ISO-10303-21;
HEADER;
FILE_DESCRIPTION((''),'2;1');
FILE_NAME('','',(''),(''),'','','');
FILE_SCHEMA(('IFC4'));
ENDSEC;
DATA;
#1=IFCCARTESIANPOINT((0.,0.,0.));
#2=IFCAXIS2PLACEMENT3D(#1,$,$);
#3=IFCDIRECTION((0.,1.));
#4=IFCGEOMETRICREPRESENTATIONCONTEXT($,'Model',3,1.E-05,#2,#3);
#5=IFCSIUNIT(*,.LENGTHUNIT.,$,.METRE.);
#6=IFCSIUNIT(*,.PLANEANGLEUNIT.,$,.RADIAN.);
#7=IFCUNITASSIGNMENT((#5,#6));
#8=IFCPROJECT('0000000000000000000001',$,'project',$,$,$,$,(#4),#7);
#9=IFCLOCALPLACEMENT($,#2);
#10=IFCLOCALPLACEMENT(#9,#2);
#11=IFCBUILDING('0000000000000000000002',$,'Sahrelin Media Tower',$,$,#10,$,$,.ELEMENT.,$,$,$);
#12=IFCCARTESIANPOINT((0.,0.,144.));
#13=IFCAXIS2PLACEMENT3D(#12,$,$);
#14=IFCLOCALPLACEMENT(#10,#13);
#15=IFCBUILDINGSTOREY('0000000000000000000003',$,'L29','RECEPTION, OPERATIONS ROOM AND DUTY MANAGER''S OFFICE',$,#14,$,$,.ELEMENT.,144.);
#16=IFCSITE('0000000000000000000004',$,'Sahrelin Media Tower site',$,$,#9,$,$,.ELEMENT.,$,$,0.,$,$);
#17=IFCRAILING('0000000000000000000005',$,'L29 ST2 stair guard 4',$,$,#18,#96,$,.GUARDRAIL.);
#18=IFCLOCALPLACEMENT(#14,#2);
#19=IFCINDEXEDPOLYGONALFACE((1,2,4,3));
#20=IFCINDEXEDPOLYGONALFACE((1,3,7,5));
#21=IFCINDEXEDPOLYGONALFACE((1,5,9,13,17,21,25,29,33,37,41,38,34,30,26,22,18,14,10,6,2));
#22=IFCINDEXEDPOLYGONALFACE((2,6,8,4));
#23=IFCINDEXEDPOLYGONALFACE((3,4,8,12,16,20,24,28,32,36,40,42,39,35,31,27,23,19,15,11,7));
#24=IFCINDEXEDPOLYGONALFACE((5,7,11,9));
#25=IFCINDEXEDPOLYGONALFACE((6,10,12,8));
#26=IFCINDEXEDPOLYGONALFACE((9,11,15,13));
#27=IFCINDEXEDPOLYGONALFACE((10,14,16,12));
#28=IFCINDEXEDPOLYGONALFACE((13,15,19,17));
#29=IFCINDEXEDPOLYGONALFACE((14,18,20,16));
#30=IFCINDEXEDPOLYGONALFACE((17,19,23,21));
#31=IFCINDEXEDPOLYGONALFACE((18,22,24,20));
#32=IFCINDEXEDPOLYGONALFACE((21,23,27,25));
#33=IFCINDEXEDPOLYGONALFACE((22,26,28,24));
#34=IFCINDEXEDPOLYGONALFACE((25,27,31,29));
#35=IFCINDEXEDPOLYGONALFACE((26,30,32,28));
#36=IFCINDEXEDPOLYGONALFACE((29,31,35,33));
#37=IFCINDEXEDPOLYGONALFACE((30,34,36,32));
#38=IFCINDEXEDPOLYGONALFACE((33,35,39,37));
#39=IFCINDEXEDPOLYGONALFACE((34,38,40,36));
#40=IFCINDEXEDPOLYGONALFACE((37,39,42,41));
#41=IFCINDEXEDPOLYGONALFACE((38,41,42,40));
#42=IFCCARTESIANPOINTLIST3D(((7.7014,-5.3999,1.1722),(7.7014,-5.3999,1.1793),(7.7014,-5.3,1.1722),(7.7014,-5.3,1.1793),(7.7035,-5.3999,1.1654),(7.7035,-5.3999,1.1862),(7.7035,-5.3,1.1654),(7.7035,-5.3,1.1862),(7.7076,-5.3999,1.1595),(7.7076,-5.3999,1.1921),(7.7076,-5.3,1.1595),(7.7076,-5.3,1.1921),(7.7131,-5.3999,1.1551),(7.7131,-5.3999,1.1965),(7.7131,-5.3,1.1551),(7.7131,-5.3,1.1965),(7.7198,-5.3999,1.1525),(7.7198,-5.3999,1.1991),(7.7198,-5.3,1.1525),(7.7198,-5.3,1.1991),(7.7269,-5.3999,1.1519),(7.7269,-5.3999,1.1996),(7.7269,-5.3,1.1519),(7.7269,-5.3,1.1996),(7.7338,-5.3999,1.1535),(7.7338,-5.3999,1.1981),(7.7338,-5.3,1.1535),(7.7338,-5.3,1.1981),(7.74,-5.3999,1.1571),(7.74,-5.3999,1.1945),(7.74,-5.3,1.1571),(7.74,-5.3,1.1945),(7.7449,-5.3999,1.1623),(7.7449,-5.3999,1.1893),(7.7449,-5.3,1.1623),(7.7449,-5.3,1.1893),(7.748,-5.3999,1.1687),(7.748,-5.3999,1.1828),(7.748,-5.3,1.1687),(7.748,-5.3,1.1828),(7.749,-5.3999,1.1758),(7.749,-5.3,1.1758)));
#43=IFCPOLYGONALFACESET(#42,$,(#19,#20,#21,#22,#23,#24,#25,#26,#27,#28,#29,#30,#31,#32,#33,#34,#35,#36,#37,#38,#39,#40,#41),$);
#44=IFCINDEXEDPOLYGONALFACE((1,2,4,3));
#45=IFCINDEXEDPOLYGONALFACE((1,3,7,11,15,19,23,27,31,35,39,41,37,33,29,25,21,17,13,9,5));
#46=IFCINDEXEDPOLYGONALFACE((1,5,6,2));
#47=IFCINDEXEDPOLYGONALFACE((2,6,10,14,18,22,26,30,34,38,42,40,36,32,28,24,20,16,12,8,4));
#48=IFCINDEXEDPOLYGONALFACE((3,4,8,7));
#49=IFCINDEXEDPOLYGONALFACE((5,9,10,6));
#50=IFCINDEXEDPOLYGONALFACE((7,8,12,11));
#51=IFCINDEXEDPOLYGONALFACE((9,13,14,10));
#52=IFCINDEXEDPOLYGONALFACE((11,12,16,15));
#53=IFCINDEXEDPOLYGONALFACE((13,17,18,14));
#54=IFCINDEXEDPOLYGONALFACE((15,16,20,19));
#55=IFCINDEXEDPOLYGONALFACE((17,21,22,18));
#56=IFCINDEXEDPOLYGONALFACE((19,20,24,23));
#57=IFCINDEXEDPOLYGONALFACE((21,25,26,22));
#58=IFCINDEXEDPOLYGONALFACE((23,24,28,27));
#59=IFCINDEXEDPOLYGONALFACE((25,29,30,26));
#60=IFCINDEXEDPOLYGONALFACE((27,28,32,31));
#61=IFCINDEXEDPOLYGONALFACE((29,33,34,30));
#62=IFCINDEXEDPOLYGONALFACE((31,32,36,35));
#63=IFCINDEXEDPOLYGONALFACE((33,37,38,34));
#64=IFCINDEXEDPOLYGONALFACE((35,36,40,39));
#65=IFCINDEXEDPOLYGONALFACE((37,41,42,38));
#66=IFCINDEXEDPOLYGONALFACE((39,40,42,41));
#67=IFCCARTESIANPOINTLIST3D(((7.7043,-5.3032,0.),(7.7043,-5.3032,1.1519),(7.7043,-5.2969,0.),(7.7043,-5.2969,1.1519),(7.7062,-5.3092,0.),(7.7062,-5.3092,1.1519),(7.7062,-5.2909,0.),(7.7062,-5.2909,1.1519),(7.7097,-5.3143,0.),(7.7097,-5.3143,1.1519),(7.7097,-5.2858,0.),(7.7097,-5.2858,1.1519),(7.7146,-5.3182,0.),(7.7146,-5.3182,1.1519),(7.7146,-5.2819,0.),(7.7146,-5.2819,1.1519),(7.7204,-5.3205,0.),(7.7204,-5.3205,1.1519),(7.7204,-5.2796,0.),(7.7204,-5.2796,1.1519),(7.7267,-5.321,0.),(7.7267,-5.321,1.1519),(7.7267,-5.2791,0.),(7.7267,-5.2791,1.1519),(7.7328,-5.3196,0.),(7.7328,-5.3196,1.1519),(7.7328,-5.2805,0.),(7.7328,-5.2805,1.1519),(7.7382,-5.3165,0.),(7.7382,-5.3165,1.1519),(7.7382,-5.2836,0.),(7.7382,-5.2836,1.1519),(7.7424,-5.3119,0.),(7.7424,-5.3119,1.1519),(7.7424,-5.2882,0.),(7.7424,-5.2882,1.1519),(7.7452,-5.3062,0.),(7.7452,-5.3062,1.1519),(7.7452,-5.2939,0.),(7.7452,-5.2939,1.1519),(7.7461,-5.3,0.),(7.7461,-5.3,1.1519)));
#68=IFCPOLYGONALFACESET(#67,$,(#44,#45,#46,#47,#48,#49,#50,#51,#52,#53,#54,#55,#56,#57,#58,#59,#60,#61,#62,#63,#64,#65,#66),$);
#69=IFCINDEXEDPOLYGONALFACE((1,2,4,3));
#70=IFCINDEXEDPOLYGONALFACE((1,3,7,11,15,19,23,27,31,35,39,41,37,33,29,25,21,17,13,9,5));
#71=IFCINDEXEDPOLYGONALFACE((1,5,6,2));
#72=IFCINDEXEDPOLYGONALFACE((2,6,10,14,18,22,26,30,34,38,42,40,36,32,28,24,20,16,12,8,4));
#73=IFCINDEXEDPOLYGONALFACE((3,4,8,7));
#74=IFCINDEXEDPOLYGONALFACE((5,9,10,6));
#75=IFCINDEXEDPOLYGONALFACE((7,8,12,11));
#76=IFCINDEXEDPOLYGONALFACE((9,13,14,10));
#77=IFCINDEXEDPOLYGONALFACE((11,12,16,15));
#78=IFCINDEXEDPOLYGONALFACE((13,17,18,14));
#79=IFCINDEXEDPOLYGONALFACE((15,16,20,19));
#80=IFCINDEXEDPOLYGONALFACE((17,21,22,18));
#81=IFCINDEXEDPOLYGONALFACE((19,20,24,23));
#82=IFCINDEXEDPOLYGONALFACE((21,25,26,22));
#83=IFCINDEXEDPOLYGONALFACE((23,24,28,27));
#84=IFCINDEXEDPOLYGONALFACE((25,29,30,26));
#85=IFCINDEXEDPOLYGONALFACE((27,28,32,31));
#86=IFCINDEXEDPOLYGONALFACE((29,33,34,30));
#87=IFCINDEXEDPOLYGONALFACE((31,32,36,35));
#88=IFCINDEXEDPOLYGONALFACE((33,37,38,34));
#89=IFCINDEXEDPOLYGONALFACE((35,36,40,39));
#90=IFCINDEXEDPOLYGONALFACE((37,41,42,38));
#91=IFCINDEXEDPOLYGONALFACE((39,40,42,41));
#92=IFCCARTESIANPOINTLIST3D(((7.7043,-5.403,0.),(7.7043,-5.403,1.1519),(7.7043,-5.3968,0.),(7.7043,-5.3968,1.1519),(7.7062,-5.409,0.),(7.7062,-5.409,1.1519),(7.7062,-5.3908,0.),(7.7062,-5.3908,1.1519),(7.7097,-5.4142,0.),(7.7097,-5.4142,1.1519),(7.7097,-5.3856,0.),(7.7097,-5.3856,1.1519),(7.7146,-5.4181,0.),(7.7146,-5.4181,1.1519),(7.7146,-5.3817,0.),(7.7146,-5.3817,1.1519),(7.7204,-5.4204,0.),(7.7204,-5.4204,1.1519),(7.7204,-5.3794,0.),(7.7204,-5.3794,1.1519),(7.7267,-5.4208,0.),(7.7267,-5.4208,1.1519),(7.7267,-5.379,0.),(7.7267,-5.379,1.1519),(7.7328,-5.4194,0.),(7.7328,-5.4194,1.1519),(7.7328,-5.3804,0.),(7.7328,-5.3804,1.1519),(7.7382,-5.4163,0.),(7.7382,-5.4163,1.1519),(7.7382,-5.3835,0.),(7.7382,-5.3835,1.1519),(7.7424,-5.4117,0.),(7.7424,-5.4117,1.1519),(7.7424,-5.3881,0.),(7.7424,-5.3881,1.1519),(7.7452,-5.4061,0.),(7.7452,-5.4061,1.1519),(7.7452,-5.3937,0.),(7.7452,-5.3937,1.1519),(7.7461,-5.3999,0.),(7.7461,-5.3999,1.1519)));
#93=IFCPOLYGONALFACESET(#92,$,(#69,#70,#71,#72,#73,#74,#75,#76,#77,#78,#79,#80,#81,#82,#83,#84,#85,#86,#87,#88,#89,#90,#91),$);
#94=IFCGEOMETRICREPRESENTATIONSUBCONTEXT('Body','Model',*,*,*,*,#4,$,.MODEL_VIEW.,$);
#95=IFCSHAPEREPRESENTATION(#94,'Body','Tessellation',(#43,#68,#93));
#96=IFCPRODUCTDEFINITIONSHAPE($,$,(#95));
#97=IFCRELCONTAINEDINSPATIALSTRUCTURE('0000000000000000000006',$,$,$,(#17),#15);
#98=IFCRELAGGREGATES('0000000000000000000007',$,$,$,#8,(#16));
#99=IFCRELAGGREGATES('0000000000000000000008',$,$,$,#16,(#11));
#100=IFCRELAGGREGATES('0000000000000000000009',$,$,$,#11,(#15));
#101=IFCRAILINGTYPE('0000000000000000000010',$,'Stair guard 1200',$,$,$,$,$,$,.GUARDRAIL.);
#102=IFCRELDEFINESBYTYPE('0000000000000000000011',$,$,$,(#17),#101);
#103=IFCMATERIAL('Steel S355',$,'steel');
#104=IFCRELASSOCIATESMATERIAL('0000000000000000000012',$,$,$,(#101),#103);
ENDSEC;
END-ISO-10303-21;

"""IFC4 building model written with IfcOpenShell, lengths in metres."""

from ifc_helpers import new_model, si_unit, direction, frame, origin, origin_2d, place, context, subcontext, project, spatial, circle, extrude, material, type_object, element, save


model = new_model("IFC4")

# Units and contexts
model_context = context("Model", 3, precision=1e-05, world=origin(), true_north=direction((0.0, 1.0)))
body_context = subcontext(model_context, "Body", "Model", "MODEL_VIEW")
ifc_project = project(units=[si_unit("LENGTHUNIT", "METRE"), si_unit("PLANEANGLEUNIT", "RADIAN")], contexts=[model_context])

# Site, building, storey
site_placement = place(None, origin())
site = spatial("IfcSite", under=ifc_project, at=site_placement, Name="Sahrelin Media Tower site", CompositionType="ELEMENT", RefElevation=0.0)
building_placement = place(site_placement, origin())
building = spatial("IfcBuilding", under=site, at=building_placement, Name="Sahrelin Media Tower", CompositionType="ELEMENT")
storey_placement = place(building_placement, frame((0.0, 0.0, 144.0)))
storey = spatial("IfcBuildingStorey", under=building, at=storey_placement, Name="L29", Description="RECEPTION, OPERATIONS ROOM AND DUTY MANAGER'S OFFICE", CompositionType="ELEMENT", Elevation=144.0)

# Shared definitions
ifc_material_1 = material(Name="Steel S355", Category="steel")

# Railing
railing_type_1 = type_object("IfcRailingType", Name="Stair guard 1200", PredefinedType="GUARDRAIL", material=ifc_material_1)
railing_1_placement = place(storey_placement, frame((7.7251, -5.3, 0.0)))
element("IfcRailing", 1, at=railing_1_placement, inside=storey, type_object=railing_type_1, Name="L29 ST2 stair guard 4", PredefinedType="GUARDRAIL", context=body_context, shape_type="SweptSolid", body=[
    extrude(circle(Radius=0.0239, at=origin_2d()), frame((0.0, 0.0, 1.1758), z_axis=(0.0, -1.0, 0.0), x_axis=(1.0, 0.0, 0.0)), (0.0, 0.0, 1.0), 0.0999),
    extrude(circle(Radius=0.021, at=origin_2d()), origin(), (0.0, 0.0, 1.0), 1.1519),
    extrude(circle(Radius=0.021, at=origin_2d()), frame((0.0, -0.0999, 0.0)), (0.0, 0.0, 1.0), 1.1519),
])

save(model, "model.ifc")
